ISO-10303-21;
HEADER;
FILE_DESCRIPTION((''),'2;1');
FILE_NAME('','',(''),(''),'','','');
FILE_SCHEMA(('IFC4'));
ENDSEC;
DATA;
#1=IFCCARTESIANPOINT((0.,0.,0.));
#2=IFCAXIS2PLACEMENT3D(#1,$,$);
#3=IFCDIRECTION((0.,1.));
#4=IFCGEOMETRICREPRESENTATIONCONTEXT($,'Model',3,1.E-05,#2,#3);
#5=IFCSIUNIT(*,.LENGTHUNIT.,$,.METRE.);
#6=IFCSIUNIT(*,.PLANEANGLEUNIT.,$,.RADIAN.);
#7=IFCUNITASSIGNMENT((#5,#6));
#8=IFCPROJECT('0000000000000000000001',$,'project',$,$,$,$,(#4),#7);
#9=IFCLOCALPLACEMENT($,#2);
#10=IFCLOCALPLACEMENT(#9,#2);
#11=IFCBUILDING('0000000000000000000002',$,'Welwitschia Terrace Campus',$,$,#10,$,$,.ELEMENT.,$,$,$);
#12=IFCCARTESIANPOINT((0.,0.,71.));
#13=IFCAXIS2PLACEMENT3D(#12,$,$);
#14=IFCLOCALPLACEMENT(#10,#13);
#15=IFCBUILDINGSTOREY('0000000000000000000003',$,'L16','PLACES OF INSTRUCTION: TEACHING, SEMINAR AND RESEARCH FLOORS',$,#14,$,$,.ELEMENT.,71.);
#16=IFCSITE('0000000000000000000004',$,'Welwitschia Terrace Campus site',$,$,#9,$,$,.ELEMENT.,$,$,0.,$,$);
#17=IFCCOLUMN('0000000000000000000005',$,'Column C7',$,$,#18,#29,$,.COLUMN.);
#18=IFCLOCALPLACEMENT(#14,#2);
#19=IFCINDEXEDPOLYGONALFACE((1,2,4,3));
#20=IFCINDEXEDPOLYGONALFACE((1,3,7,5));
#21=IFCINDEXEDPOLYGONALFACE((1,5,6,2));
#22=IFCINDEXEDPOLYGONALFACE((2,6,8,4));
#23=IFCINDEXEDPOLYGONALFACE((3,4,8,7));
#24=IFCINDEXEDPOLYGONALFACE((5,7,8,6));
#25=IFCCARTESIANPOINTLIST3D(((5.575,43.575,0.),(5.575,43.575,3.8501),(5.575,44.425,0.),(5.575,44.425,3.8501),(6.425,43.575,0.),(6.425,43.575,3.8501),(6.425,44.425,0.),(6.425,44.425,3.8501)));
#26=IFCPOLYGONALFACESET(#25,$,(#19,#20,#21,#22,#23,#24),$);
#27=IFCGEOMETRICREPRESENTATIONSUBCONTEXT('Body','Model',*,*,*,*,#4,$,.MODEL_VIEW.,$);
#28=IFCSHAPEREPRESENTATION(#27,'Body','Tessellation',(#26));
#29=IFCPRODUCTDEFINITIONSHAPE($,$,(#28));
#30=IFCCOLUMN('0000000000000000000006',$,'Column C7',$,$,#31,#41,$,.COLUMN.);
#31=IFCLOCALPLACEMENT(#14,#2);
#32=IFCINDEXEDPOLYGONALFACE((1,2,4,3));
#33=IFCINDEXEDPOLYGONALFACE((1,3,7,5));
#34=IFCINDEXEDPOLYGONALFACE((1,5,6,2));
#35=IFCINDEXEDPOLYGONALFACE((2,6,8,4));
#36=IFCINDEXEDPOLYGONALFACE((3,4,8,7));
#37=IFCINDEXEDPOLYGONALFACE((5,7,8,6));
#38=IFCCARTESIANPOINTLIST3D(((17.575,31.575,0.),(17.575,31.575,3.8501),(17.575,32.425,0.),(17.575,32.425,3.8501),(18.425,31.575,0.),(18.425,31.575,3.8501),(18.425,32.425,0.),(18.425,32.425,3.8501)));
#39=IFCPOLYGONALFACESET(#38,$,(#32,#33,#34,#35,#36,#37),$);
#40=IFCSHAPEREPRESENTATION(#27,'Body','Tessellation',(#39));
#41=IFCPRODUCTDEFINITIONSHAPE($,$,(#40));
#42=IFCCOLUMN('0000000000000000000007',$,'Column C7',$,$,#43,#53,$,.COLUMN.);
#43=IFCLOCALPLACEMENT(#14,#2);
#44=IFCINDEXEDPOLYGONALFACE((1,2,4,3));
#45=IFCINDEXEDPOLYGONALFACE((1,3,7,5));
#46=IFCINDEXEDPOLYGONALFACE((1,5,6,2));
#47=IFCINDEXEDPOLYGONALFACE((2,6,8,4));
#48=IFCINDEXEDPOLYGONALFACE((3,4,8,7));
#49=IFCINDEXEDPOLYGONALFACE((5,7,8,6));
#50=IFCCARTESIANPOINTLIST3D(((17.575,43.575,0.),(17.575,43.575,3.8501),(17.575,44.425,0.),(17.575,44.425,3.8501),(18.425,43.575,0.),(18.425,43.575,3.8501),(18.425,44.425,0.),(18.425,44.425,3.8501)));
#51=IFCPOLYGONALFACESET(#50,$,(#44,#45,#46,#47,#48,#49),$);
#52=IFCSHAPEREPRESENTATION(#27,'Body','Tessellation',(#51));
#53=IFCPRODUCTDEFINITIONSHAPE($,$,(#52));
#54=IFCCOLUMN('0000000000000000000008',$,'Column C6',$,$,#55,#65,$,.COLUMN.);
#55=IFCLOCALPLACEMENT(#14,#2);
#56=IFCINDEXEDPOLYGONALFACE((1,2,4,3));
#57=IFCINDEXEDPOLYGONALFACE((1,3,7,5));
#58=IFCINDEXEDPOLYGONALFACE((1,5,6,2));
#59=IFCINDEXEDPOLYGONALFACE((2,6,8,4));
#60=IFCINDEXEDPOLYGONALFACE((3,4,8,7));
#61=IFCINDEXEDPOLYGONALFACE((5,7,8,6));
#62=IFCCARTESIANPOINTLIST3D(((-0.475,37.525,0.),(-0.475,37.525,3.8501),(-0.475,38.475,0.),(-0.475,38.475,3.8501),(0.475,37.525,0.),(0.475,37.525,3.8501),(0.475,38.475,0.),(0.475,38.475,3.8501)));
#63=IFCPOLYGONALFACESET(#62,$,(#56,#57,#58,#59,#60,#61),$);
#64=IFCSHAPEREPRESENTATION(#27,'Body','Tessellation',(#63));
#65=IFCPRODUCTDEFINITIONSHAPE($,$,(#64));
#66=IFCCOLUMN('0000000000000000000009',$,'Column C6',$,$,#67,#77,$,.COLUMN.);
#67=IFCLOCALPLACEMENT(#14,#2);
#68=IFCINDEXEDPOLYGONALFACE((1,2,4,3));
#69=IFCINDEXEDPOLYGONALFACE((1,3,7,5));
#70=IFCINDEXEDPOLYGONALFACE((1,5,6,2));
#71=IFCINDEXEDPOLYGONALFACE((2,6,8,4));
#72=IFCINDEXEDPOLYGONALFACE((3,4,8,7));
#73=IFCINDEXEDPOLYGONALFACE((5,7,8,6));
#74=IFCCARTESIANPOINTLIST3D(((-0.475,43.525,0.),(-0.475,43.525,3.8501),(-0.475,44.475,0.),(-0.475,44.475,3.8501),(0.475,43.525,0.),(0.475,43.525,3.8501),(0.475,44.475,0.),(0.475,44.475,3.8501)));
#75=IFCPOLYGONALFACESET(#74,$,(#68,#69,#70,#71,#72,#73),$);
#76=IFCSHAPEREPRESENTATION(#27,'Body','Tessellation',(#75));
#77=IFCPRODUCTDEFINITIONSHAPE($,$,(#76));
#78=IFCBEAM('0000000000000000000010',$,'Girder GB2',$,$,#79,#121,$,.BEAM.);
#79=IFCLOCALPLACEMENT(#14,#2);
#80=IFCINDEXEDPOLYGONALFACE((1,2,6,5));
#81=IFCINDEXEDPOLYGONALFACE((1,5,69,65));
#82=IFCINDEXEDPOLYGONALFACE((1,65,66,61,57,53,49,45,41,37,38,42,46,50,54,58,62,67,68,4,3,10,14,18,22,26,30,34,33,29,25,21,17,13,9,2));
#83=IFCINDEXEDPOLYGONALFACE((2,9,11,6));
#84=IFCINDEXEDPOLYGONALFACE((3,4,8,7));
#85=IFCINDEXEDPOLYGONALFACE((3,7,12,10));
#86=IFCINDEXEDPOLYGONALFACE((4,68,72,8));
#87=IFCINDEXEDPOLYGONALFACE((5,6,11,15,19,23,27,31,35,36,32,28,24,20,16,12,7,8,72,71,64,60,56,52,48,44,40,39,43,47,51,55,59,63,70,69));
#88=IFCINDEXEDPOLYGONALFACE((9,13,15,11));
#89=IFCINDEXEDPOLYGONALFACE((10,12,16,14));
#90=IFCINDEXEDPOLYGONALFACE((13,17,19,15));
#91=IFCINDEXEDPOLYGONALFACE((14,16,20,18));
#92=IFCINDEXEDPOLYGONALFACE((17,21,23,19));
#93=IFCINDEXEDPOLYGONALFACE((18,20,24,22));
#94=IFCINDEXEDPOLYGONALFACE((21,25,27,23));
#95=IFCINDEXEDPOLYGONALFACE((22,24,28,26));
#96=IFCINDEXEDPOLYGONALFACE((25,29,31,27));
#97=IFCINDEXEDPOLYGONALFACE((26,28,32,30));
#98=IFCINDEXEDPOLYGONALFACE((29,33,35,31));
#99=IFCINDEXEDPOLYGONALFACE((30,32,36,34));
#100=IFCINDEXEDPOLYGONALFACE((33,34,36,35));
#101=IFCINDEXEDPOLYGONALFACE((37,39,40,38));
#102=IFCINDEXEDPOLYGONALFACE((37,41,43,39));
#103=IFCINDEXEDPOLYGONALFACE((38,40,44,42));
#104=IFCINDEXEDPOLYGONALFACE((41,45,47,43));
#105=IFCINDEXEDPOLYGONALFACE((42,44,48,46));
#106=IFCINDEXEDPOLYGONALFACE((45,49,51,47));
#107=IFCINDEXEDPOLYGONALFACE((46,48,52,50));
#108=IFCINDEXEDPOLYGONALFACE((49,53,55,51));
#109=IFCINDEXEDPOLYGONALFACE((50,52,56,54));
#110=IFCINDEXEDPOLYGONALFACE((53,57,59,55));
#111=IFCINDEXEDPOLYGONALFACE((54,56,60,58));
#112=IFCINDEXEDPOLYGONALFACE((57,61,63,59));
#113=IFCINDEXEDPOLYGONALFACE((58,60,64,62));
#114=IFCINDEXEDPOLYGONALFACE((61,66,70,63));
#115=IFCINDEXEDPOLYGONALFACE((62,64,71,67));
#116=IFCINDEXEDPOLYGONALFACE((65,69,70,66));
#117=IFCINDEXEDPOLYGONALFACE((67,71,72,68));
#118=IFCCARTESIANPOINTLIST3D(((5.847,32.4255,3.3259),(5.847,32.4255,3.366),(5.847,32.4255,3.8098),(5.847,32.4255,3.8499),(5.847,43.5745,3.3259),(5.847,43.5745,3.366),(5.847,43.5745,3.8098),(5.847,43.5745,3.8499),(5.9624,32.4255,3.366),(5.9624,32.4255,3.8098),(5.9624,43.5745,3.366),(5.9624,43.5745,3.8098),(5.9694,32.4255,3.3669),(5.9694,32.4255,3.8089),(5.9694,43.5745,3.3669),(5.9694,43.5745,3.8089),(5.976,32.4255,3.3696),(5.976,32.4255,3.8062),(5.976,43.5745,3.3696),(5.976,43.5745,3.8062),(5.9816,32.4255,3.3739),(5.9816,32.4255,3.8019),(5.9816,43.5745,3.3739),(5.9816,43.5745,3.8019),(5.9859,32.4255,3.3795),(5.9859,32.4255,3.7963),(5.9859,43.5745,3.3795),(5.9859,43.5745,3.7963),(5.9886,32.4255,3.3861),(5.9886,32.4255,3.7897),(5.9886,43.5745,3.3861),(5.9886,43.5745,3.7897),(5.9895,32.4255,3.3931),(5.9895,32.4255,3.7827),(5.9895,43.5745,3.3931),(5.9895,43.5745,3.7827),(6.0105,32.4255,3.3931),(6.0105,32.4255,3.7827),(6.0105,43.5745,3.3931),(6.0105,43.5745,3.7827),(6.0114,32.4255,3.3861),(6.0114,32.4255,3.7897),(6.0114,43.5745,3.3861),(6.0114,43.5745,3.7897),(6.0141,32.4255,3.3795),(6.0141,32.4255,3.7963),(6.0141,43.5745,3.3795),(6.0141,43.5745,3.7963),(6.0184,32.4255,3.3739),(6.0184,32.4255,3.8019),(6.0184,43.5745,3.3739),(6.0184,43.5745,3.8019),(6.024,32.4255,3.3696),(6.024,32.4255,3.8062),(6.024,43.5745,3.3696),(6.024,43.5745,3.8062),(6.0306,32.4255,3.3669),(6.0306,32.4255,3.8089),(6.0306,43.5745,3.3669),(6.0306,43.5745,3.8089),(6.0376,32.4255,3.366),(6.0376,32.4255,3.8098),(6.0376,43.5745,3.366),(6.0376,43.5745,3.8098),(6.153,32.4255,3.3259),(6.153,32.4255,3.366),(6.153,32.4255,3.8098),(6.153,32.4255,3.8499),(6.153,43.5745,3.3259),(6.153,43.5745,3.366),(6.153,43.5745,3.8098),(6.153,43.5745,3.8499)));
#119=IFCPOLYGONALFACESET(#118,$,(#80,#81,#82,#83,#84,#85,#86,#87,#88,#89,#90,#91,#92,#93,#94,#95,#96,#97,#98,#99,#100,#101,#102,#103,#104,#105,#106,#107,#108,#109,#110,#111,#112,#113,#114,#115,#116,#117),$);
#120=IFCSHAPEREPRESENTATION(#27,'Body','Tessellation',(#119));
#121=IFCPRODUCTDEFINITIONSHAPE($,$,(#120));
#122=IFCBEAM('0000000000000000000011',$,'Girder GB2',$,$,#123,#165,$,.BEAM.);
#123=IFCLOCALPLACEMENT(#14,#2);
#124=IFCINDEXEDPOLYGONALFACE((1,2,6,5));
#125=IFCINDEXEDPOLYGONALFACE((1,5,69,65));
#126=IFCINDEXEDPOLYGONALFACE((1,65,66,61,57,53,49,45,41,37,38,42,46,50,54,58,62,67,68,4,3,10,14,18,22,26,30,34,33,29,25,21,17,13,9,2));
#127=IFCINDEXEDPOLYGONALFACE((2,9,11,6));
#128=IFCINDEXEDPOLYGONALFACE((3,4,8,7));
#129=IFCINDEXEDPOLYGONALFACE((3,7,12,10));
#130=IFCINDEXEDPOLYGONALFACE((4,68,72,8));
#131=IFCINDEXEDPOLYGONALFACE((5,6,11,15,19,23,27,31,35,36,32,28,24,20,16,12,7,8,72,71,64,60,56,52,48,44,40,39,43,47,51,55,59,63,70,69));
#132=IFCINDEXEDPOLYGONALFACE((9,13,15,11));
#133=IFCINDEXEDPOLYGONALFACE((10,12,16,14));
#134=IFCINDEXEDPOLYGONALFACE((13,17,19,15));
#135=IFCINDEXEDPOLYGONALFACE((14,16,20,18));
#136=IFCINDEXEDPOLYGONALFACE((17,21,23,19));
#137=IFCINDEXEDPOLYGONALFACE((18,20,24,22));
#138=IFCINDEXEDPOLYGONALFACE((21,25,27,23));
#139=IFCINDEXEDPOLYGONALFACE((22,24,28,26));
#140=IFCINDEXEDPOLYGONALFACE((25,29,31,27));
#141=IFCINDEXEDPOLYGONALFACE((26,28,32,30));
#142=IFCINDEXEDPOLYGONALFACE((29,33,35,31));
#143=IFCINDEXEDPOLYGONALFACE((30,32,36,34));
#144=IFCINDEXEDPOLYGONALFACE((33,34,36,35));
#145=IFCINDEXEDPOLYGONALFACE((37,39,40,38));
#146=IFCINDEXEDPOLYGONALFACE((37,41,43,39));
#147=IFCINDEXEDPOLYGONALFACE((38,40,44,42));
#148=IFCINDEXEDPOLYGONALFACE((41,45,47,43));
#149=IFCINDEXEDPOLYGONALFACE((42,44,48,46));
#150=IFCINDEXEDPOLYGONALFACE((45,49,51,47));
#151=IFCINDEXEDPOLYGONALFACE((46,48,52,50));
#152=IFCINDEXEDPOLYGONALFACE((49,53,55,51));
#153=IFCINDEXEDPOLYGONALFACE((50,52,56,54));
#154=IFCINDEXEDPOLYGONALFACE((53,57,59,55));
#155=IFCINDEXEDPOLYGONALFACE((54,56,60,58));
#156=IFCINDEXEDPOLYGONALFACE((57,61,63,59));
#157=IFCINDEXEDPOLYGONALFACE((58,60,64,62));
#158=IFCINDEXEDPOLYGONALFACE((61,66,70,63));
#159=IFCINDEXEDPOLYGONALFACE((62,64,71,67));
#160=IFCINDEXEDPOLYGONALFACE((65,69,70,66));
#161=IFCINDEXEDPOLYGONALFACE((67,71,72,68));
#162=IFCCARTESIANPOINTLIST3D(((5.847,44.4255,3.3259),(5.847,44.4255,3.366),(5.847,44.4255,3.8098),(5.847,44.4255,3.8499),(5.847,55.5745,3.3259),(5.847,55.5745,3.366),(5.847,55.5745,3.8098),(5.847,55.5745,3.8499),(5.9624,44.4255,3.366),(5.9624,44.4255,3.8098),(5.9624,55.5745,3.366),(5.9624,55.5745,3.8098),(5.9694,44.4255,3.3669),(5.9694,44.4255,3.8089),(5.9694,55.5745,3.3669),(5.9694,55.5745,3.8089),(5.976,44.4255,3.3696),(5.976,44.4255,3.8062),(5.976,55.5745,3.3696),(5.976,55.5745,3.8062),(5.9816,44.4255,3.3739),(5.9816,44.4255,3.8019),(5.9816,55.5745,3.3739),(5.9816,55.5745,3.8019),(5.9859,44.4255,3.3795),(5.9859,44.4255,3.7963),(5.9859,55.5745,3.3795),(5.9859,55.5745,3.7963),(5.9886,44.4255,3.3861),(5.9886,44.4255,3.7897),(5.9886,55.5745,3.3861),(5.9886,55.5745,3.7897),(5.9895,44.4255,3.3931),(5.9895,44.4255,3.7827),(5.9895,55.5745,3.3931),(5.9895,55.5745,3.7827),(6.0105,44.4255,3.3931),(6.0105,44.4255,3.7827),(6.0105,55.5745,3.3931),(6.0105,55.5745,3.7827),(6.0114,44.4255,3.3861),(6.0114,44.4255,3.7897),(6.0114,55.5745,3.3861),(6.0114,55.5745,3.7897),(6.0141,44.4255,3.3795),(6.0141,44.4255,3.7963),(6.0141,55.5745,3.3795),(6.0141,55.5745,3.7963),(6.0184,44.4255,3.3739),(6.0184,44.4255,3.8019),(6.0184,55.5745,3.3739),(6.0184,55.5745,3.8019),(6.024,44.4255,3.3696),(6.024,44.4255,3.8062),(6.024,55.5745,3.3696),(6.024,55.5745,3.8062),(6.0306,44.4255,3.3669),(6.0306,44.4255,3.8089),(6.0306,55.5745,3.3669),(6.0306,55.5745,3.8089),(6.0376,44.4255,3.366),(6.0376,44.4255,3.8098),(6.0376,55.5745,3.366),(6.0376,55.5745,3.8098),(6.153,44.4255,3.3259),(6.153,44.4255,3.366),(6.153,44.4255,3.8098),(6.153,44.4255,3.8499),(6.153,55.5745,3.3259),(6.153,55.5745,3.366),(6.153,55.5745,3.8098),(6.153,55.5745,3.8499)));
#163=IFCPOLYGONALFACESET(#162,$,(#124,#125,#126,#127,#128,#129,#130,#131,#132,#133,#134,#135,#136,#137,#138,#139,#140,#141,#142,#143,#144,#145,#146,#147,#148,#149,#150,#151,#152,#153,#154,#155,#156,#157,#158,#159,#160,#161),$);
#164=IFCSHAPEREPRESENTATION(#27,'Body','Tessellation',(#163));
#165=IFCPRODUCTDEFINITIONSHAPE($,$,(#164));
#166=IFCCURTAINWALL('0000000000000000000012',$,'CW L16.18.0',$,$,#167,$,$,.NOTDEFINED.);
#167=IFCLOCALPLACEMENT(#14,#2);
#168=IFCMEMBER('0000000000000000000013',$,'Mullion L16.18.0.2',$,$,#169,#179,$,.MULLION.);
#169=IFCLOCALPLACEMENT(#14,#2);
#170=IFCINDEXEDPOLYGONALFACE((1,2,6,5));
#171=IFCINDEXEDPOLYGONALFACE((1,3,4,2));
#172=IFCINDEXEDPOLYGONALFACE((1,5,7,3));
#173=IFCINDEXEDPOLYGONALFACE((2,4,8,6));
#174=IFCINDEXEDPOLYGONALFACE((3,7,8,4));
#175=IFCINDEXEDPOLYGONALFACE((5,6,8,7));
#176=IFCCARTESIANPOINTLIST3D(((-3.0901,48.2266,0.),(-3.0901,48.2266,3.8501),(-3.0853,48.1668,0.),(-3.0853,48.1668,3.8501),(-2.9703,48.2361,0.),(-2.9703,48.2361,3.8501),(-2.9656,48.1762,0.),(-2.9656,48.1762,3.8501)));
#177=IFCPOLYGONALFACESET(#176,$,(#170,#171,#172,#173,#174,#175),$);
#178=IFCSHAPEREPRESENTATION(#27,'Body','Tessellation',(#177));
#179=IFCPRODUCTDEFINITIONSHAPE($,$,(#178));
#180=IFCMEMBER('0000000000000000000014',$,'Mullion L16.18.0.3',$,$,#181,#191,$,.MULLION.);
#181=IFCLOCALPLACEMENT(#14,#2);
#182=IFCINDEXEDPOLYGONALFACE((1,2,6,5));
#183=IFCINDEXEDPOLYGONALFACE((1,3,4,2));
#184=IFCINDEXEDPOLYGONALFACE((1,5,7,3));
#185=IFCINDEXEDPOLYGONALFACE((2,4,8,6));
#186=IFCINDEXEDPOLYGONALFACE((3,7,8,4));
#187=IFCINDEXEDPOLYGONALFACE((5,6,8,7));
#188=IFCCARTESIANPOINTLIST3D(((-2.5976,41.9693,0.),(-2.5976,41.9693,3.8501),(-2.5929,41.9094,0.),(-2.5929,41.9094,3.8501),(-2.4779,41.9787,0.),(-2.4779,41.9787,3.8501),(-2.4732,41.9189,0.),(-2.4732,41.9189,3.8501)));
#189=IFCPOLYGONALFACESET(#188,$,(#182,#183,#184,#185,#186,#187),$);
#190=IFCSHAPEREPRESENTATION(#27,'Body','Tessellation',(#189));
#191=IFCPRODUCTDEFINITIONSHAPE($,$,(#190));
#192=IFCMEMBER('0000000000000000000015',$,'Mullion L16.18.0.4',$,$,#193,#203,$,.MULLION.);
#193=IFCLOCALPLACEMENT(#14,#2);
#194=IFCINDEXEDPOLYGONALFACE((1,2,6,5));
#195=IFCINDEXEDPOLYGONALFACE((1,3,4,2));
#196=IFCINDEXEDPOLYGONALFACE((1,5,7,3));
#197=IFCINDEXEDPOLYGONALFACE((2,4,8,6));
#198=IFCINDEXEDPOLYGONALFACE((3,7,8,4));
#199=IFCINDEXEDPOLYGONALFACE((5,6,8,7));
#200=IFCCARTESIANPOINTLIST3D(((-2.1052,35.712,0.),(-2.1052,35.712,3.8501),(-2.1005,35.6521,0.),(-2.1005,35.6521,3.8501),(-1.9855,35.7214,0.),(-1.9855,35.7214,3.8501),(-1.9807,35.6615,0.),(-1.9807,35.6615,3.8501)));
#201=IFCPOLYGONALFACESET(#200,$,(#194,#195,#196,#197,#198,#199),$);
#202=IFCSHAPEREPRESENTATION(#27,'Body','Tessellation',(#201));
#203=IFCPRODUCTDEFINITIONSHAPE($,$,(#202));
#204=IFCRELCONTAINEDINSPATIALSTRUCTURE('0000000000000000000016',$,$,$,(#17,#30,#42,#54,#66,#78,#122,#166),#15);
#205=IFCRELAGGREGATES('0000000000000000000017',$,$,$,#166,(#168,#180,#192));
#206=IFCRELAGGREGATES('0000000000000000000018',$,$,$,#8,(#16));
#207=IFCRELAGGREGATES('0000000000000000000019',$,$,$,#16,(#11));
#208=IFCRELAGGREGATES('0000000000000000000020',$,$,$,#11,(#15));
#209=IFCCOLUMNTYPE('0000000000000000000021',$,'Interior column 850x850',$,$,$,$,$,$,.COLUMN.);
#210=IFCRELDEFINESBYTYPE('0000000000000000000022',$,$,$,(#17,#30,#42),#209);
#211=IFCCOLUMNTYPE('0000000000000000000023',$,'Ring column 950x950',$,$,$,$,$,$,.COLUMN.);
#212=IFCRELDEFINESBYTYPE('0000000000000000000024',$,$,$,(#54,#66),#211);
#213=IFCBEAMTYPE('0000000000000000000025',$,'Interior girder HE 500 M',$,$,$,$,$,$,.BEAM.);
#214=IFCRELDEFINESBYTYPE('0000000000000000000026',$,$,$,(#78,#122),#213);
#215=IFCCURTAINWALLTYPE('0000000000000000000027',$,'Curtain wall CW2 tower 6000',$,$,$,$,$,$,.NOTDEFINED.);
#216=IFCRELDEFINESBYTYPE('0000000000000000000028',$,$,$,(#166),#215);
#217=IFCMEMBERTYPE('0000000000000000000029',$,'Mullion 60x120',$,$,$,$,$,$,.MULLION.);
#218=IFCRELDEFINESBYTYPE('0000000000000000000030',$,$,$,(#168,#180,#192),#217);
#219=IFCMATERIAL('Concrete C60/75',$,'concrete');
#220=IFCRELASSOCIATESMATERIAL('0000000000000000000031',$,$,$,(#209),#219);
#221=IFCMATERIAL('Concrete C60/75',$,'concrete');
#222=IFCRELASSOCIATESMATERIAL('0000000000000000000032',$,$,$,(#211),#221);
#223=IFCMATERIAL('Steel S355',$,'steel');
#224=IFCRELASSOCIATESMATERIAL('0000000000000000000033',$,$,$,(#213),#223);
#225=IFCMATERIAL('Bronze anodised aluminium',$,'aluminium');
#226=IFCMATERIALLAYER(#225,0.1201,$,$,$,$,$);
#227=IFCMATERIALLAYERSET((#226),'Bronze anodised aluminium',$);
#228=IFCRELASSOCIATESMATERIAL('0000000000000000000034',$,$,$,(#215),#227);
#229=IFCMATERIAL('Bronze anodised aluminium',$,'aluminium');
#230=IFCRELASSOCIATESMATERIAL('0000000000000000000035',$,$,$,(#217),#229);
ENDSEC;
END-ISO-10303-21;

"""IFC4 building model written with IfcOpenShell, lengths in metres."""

from ifc_helpers import new_model, si_unit, direction, frame, origin, origin_2d, place, context, subcontext, project, spatial, rectangle, i_section, extrude, material, layer, layer_set, material_profile, profile_set, type_object, element, aggregate, save


model = new_model("IFC4")

# Units and contexts
model_context = context("Model", 3, precision=1e-05, world=origin(), true_north=direction((0.0, 1.0)))
body_context = subcontext(model_context, "Body", "Model", "MODEL_VIEW")
ifc_project = project(units=[si_unit("LENGTHUNIT", "METRE"), si_unit("PLANEANGLEUNIT", "RADIAN")], contexts=[model_context])

# Site, building, storey
site_placement = place(None, origin())
site = spatial("IfcSite", under=ifc_project, at=site_placement, Name="Welwitschia Terrace Campus site", CompositionType="ELEMENT", RefElevation=0.0)
building_placement = place(site_placement, origin())
building = spatial("IfcBuilding", under=site, at=building_placement, Name="Welwitschia Terrace Campus", CompositionType="ELEMENT")
storey_placement = place(building_placement, frame((0.0, 0.0, 71.0)))
storey = spatial("IfcBuildingStorey", under=building, at=storey_placement, Name="L16", Description="PLACES OF INSTRUCTION: TEACHING, SEMINAR AND RESEARCH FLOORS", CompositionType="ELEMENT", Elevation=71.0)

# Columns
ifc_material_1 = material(Name="Concrete C60/75", Category="concrete")
ifc_material_profile_1 = material_profile(ifc_material_1, rectangle(XDim=0.8501, YDim=0.8501, at=origin_2d()))
ifc_profile_set_1 = profile_set([ifc_material_profile_1], Name="Concrete C60/75")
column_type_1 = type_object("IfcColumnType", Name="Interior column 850x850", PredefinedType="COLUMN", material=ifc_profile_set_1)
for number, where, z_axis, x_axis, name in (
    (1, (6.0, 44.0, 0.0), (0.0, 0.0, 1.0), (1.0, 0.0, 0.0), "Column C7"),
    (2, (18.0, 32.0, 0.0), (0.0, 0.0, 1.0), (1.0, 0.0, 0.0), "Column C7"),
    (3, (18.0, 44.0, 0.0), (0.0, 0.0, 1.0), (1.0, 0.0, 0.0), "Column C7"),
):
    element("IfcColumn", number, at=place(storey_placement, frame(where, z_axis=z_axis, x_axis=x_axis)), inside=storey, type_object=column_type_1, Name=name, PredefinedType="COLUMN", context=body_context, shape_type="SweptSolid", body=[
        extrude(rectangle(XDim=0.8501, YDim=0.8501, at=origin_2d()), origin(), (0.0, 0.0, 1.0), 3.8501),
    ])
ifc_material_2 = material(Name="Concrete C60/75", Category="concrete")
ifc_material_profile_2 = material_profile(ifc_material_2, rectangle(XDim=0.95, YDim=0.95, at=origin_2d()))
ifc_profile_set_2 = profile_set([ifc_material_profile_2], Name="Concrete C60/75")
column_type_2 = type_object("IfcColumnType", Name="Ring column 950x950", PredefinedType="COLUMN", material=ifc_profile_set_2)
for number, where, z_axis, x_axis, name in (
    (4, (0.0, 38.0, 0.0), (0.0, 0.0, 1.0), (1.0, 0.0, 0.0), "Column C6"),
    (5, (0.0, 44.0, 0.0), (0.0, 0.0, 1.0), (1.0, 0.0, 0.0), "Column C6"),
):
    element("IfcColumn", number, at=place(storey_placement, frame(where, z_axis=z_axis, x_axis=x_axis)), inside=storey, type_object=column_type_2, Name=name, PredefinedType="COLUMN", context=body_context, shape_type="SweptSolid", body=[
        extrude(rectangle(XDim=0.95, YDim=0.95, at=origin_2d()), origin(), (0.0, 0.0, 1.0), 3.8501),
    ])

# Beams
ifc_material_3 = material(Name="Steel S355", Category="steel")
ifc_material_profile_3 = material_profile(ifc_material_3, i_section(OverallWidth=0.3059, OverallDepth=0.5239, WebThickness=0.021, FlangeThickness=0.04, FilletRadius=0.0271, at=origin_2d()))
ifc_profile_set_3 = profile_set([ifc_material_profile_3], Name="Steel S355")
beam_type_1 = type_object("IfcBeamType", Name="Interior girder HE 500 M", PredefinedType="BEAM", material=ifc_profile_set_3)
for number, where, z_axis, x_axis, name in (
    (6, (6.0, 32.4255, 3.5879), (0.0, 1.0, 0.0), (-1.0, 0.0, 0.0), "Girder GB2"),
    (7, (6.0, 44.4255, 3.5879), (0.0, 1.0, 0.0), (-1.0, 0.0, 0.0), "Girder GB2"),
):
    element("IfcBeam", number, at=place(storey_placement, frame(where, z_axis=z_axis, x_axis=x_axis)), inside=storey, type_object=beam_type_1, Name=name, PredefinedType="BEAM", context=body_context, shape_type="SweptSolid", body=[
        extrude(i_section(OverallWidth=0.3059, OverallDepth=0.5239, WebThickness=0.021, FlangeThickness=0.04, FilletRadius=0.0271, at=origin_2d()), origin(), (0.0, 0.0, 1.0), 11.1489),
    ])

# Curtain wall, members
ifc_material_4 = material(Name="Bronze anodised aluminium", Category="aluminium")
ifc_layer_1 = layer(ifc_material_4, 0.1201)
ifc_layer_set_1 = layer_set([ifc_layer_1], Name="Bronze anodised aluminium")
curtain_wall_type = type_object("IfcCurtainWallType", Name="Curtain wall CW2 tower 6000", PredefinedType="NOTDEFINED", material=ifc_layer_set_1)
curtain_wall_placement = place(storey_placement, origin())
curtain_wall = element("IfcCurtainWall", 8, at=curtain_wall_placement, inside=storey, type_object=curtain_wall_type, Name="CW L16.18.0", PredefinedType="NOTDEFINED")
ifc_material_5 = material(Name="Bronze anodised aluminium", Category="aluminium")
ifc_material_profile_4 = material_profile(ifc_material_5, rectangle(XDim=0.1201, YDim=0.0601, at=origin_2d()))
ifc_profile_set_4 = profile_set([ifc_material_profile_4], Name="Bronze anodised aluminium")
member_type = type_object("IfcMemberType", Name="Mullion 60x120", PredefinedType="MULLION", material=ifc_profile_set_4)
member_1_placement = place(storey_placement, frame((-3.0278, 48.2014, 0.0), z_axis=(0.0, 0.0, 1.0), x_axis=(0.996917, 0.078459, 0.0)))
member_1 = element("IfcMember", 9, at=member_1_placement, type_object=member_type, Name="Mullion L16.18.0.2", PredefinedType="MULLION", context=body_context, shape_type="SweptSolid", body=[
    extrude(rectangle(XDim=0.1201, YDim=0.0601, at=origin_2d()), origin(), (0.0, 0.0, 1.0), 3.8501),
])
member_2_placement = place(storey_placement, frame((-2.5354, 41.9441, 0.0), z_axis=(0.0, 0.0, 1.0), x_axis=(0.996917, 0.078459, 0.0)))
member_2 = element("IfcMember", 10, at=member_2_placement, type_object=member_type, Name="Mullion L16.18.0.3", PredefinedType="MULLION", context=body_context, shape_type="SweptSolid", body=[
    extrude(rectangle(XDim=0.1201, YDim=0.0601, at=origin_2d()), origin(), (0.0, 0.0, 1.0), 3.8501),
])
member_3_placement = place(storey_placement, frame((-2.043, 35.6868, 0.0), z_axis=(0.0, 0.0, 1.0), x_axis=(0.996917, 0.078459, 0.0)))
member_3 = element("IfcMember", 11, at=member_3_placement, type_object=member_type, Name="Mullion L16.18.0.4", PredefinedType="MULLION", context=body_context, shape_type="SweptSolid", body=[
    extrude(rectangle(XDim=0.1201, YDim=0.0601, at=origin_2d()), origin(), (0.0, 0.0, 1.0), 3.8501),
])

aggregate(curtain_wall, [member_1, member_2, member_3])

save(model, "model.ifc")
